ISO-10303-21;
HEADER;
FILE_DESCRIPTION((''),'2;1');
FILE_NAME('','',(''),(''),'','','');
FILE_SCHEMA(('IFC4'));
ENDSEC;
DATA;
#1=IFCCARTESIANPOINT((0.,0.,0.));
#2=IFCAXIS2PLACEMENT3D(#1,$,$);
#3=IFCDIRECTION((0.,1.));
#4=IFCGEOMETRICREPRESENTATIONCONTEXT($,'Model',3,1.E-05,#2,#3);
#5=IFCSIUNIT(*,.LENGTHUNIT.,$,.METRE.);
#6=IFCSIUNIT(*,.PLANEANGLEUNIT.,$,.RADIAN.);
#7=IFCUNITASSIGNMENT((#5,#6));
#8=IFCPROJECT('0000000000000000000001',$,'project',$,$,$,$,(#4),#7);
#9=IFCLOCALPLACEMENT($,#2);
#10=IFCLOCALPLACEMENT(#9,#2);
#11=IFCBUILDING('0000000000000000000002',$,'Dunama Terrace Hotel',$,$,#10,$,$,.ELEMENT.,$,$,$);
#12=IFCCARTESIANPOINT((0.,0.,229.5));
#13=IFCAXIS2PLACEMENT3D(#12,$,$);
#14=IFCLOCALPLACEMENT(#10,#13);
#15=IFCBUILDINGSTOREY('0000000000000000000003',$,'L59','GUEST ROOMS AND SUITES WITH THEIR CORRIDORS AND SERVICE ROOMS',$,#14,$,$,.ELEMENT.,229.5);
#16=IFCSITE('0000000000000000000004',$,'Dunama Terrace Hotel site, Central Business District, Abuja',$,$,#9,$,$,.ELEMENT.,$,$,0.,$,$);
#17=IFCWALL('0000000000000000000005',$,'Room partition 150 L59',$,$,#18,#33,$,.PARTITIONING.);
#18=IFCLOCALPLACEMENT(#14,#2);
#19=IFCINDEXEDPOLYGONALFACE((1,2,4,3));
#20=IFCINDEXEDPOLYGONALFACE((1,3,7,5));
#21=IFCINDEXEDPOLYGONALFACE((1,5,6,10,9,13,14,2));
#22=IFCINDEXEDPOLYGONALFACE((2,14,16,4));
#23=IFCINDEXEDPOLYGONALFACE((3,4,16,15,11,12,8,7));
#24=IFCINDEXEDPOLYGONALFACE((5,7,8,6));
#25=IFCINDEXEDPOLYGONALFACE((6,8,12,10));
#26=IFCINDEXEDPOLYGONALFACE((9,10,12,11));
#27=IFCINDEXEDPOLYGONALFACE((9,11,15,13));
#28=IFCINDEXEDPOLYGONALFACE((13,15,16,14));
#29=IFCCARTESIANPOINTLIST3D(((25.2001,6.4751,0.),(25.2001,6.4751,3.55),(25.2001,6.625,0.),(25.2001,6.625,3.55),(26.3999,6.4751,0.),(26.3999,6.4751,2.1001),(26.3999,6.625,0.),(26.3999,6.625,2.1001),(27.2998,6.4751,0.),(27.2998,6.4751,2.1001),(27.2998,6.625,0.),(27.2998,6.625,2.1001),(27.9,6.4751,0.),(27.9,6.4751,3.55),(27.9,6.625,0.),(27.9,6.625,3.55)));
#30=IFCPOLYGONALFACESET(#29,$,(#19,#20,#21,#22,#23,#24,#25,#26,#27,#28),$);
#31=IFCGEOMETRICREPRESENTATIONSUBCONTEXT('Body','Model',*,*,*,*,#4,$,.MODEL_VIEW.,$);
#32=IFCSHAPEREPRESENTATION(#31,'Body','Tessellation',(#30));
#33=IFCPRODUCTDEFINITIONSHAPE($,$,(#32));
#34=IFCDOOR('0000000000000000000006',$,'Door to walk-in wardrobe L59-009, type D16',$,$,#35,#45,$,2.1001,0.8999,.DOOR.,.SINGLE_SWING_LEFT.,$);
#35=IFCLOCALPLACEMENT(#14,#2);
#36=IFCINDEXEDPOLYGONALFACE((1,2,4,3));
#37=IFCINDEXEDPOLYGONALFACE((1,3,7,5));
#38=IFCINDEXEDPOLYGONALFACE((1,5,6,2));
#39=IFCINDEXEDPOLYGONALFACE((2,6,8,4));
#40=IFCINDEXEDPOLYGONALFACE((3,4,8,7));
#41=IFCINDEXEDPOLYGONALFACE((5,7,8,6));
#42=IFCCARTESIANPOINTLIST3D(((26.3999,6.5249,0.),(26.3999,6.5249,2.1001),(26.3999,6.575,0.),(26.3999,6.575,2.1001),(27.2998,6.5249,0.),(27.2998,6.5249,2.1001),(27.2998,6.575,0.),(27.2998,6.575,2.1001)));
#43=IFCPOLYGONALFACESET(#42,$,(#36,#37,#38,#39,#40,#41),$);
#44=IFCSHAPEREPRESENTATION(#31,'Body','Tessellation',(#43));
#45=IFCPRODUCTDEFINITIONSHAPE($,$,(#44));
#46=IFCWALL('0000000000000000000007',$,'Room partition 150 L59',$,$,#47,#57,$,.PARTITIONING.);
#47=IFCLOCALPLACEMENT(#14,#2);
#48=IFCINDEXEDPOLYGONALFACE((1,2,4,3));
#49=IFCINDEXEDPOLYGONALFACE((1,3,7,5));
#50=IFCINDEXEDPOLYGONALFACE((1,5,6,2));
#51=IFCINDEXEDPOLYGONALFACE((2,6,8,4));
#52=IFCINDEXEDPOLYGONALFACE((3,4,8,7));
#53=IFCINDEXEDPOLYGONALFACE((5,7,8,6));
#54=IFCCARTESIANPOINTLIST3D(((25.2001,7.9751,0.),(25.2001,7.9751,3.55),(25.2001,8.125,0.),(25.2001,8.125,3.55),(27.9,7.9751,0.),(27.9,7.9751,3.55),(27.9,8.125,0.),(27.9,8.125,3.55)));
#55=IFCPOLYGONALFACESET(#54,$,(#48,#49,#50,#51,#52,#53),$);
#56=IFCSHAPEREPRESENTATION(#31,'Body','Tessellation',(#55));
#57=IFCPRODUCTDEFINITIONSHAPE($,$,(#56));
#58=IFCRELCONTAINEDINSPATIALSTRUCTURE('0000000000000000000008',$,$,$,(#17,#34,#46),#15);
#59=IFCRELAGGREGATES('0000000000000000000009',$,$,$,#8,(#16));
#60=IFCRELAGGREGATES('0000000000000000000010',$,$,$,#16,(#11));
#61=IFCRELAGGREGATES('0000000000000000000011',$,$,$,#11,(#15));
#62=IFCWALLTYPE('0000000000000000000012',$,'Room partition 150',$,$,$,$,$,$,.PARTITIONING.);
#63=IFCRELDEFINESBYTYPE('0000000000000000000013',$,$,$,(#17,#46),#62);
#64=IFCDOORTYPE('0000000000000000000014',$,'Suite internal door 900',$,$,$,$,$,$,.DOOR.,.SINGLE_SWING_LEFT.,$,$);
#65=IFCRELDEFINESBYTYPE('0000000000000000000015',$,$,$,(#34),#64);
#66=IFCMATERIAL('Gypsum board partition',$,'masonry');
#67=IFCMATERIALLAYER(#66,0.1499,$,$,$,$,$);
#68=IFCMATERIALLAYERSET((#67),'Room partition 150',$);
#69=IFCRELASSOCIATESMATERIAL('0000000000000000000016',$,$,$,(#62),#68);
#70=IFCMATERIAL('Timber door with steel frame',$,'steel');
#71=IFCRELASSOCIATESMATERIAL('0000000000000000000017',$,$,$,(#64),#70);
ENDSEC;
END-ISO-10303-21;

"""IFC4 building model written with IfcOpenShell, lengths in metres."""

from ifc_helpers import new_model, si_unit, direction, frame, frame_2d, origin, place, context, subcontext, project, spatial, rectangle, extrude, material, layer, layer_set, type_object, element, fill, save


model = new_model("IFC4")

# Units and contexts
model_context = context("Model", 3, precision=1e-05, world=origin(), true_north=direction((0.0, 1.0)))
body_context = subcontext(model_context, "Body", "Model", "MODEL_VIEW")
ifc_project = project(units=[si_unit("LENGTHUNIT", "METRE"), si_unit("PLANEANGLEUNIT", "RADIAN")], contexts=[model_context])

# Site, building, storey
site_placement = place(None, origin())
site = spatial("IfcSite", under=ifc_project, at=site_placement, Name="Dunama Terrace Hotel site, Central Business District, Abuja", CompositionType="ELEMENT", RefElevation=0.0)
building_placement = place(site_placement, origin())
building = spatial("IfcBuilding", under=site, at=building_placement, Name="Dunama Terrace Hotel", CompositionType="ELEMENT")
storey_placement = place(building_placement, frame((0.0, 0.0, 229.5)))
storey = spatial("IfcBuildingStorey", under=building, at=storey_placement, Name="L59", Description="GUEST ROOMS AND SUITES WITH THEIR CORRIDORS AND SERVICE ROOMS", CompositionType="ELEMENT", Elevation=229.5)

# Shared definitions
ifc_material_1 = material(Name="Gypsum board partition", Category="masonry")
ifc_layer_1 = layer(ifc_material_1, 0.1499)
ifc_layer_set_1 = layer_set([ifc_layer_1], Name="Room partition 150")
wall_type_1 = type_object("IfcWallType", Name="Room partition 150", PredefinedType="PARTITIONING", material=ifc_layer_set_1)

# Wall, opening, door
wall_1_placement = place(storey_placement, frame((25.2, 6.55, 0.0), z_axis=(0.0, 0.0, 1.0), x_axis=(1.0, 0.0, 0.0)))
wall_1 = element("IfcWall", 1, at=wall_1_placement, inside=storey, type_object=wall_type_1, Name="Room partition 150 L59", PredefinedType="PARTITIONING", context=body_context, shape_type="SweptSolid", body=[
    extrude(rectangle(XDim=2.7, YDim=0.1499, at=frame_2d((1.3501, 0.0))), origin(), (0.0, 0.0, 1.0), 3.55),
])
opening_1_placement = place(wall_1_placement, frame((1.2, 0.0, 0.0)))
opening_1 = element("IfcOpeningElement", 2, at=opening_1_placement, cuts=wall_1, PredefinedType="OPENING", context=body_context, shape_type="SweptSolid", body=[
    extrude(rectangle(XDim=0.8999, YDim=2.1001, at=frame_2d((0.45, 1.05))), frame((0.0, 0.085, 0.0), z_axis=(0.0, -1.0, 0.0), x_axis=(1.0, 0.0, 0.0)), (0.0, 0.0, 1.0), 0.1699),
])
ifc_material_2 = material(Name="Timber door with steel frame", Category="steel")
door_type_1 = type_object("IfcDoorType", Name="Suite internal door 900", OperationType="SINGLE_SWING_LEFT", PredefinedType="DOOR", material=ifc_material_2)
door_1_placement = place(opening_1_placement, origin())
door_1 = element("IfcDoor", 3, at=door_1_placement, inside=storey, type_object=door_type_1, Name="Door to walk-in wardrobe L59-009, type D16", OperationType="SINGLE_SWING_LEFT", OverallHeight=2.1001, OverallWidth=0.8999, PredefinedType="DOOR", context=body_context, shape_type="SweptSolid", body=[
    extrude(rectangle(XDim=0.8999, YDim=2.1001, at=frame_2d((0.45, 1.05))), frame((0.0, 0.0249, 0.0), z_axis=(0.0, -1.0, 0.0), x_axis=(1.0, 0.0, 0.0)), (0.0, 0.0, 1.0), 0.05),
])
fill(opening_1, door_1)

# Wall
wall_2_placement = place(storey_placement, frame((25.2, 8.05, 0.0), z_axis=(0.0, 0.0, 1.0), x_axis=(1.0, 0.0, 0.0)))
element("IfcWall", 4, at=wall_2_placement, inside=storey, type_object=wall_type_1, Name="Room partition 150 L59", PredefinedType="PARTITIONING", context=body_context, shape_type="SweptSolid", body=[
    extrude(rectangle(XDim=2.7, YDim=0.1499, at=frame_2d((1.3501, 0.0))), origin(), (0.0, 0.0, 1.0), 3.55),
])

save(model, "model.ifc")
